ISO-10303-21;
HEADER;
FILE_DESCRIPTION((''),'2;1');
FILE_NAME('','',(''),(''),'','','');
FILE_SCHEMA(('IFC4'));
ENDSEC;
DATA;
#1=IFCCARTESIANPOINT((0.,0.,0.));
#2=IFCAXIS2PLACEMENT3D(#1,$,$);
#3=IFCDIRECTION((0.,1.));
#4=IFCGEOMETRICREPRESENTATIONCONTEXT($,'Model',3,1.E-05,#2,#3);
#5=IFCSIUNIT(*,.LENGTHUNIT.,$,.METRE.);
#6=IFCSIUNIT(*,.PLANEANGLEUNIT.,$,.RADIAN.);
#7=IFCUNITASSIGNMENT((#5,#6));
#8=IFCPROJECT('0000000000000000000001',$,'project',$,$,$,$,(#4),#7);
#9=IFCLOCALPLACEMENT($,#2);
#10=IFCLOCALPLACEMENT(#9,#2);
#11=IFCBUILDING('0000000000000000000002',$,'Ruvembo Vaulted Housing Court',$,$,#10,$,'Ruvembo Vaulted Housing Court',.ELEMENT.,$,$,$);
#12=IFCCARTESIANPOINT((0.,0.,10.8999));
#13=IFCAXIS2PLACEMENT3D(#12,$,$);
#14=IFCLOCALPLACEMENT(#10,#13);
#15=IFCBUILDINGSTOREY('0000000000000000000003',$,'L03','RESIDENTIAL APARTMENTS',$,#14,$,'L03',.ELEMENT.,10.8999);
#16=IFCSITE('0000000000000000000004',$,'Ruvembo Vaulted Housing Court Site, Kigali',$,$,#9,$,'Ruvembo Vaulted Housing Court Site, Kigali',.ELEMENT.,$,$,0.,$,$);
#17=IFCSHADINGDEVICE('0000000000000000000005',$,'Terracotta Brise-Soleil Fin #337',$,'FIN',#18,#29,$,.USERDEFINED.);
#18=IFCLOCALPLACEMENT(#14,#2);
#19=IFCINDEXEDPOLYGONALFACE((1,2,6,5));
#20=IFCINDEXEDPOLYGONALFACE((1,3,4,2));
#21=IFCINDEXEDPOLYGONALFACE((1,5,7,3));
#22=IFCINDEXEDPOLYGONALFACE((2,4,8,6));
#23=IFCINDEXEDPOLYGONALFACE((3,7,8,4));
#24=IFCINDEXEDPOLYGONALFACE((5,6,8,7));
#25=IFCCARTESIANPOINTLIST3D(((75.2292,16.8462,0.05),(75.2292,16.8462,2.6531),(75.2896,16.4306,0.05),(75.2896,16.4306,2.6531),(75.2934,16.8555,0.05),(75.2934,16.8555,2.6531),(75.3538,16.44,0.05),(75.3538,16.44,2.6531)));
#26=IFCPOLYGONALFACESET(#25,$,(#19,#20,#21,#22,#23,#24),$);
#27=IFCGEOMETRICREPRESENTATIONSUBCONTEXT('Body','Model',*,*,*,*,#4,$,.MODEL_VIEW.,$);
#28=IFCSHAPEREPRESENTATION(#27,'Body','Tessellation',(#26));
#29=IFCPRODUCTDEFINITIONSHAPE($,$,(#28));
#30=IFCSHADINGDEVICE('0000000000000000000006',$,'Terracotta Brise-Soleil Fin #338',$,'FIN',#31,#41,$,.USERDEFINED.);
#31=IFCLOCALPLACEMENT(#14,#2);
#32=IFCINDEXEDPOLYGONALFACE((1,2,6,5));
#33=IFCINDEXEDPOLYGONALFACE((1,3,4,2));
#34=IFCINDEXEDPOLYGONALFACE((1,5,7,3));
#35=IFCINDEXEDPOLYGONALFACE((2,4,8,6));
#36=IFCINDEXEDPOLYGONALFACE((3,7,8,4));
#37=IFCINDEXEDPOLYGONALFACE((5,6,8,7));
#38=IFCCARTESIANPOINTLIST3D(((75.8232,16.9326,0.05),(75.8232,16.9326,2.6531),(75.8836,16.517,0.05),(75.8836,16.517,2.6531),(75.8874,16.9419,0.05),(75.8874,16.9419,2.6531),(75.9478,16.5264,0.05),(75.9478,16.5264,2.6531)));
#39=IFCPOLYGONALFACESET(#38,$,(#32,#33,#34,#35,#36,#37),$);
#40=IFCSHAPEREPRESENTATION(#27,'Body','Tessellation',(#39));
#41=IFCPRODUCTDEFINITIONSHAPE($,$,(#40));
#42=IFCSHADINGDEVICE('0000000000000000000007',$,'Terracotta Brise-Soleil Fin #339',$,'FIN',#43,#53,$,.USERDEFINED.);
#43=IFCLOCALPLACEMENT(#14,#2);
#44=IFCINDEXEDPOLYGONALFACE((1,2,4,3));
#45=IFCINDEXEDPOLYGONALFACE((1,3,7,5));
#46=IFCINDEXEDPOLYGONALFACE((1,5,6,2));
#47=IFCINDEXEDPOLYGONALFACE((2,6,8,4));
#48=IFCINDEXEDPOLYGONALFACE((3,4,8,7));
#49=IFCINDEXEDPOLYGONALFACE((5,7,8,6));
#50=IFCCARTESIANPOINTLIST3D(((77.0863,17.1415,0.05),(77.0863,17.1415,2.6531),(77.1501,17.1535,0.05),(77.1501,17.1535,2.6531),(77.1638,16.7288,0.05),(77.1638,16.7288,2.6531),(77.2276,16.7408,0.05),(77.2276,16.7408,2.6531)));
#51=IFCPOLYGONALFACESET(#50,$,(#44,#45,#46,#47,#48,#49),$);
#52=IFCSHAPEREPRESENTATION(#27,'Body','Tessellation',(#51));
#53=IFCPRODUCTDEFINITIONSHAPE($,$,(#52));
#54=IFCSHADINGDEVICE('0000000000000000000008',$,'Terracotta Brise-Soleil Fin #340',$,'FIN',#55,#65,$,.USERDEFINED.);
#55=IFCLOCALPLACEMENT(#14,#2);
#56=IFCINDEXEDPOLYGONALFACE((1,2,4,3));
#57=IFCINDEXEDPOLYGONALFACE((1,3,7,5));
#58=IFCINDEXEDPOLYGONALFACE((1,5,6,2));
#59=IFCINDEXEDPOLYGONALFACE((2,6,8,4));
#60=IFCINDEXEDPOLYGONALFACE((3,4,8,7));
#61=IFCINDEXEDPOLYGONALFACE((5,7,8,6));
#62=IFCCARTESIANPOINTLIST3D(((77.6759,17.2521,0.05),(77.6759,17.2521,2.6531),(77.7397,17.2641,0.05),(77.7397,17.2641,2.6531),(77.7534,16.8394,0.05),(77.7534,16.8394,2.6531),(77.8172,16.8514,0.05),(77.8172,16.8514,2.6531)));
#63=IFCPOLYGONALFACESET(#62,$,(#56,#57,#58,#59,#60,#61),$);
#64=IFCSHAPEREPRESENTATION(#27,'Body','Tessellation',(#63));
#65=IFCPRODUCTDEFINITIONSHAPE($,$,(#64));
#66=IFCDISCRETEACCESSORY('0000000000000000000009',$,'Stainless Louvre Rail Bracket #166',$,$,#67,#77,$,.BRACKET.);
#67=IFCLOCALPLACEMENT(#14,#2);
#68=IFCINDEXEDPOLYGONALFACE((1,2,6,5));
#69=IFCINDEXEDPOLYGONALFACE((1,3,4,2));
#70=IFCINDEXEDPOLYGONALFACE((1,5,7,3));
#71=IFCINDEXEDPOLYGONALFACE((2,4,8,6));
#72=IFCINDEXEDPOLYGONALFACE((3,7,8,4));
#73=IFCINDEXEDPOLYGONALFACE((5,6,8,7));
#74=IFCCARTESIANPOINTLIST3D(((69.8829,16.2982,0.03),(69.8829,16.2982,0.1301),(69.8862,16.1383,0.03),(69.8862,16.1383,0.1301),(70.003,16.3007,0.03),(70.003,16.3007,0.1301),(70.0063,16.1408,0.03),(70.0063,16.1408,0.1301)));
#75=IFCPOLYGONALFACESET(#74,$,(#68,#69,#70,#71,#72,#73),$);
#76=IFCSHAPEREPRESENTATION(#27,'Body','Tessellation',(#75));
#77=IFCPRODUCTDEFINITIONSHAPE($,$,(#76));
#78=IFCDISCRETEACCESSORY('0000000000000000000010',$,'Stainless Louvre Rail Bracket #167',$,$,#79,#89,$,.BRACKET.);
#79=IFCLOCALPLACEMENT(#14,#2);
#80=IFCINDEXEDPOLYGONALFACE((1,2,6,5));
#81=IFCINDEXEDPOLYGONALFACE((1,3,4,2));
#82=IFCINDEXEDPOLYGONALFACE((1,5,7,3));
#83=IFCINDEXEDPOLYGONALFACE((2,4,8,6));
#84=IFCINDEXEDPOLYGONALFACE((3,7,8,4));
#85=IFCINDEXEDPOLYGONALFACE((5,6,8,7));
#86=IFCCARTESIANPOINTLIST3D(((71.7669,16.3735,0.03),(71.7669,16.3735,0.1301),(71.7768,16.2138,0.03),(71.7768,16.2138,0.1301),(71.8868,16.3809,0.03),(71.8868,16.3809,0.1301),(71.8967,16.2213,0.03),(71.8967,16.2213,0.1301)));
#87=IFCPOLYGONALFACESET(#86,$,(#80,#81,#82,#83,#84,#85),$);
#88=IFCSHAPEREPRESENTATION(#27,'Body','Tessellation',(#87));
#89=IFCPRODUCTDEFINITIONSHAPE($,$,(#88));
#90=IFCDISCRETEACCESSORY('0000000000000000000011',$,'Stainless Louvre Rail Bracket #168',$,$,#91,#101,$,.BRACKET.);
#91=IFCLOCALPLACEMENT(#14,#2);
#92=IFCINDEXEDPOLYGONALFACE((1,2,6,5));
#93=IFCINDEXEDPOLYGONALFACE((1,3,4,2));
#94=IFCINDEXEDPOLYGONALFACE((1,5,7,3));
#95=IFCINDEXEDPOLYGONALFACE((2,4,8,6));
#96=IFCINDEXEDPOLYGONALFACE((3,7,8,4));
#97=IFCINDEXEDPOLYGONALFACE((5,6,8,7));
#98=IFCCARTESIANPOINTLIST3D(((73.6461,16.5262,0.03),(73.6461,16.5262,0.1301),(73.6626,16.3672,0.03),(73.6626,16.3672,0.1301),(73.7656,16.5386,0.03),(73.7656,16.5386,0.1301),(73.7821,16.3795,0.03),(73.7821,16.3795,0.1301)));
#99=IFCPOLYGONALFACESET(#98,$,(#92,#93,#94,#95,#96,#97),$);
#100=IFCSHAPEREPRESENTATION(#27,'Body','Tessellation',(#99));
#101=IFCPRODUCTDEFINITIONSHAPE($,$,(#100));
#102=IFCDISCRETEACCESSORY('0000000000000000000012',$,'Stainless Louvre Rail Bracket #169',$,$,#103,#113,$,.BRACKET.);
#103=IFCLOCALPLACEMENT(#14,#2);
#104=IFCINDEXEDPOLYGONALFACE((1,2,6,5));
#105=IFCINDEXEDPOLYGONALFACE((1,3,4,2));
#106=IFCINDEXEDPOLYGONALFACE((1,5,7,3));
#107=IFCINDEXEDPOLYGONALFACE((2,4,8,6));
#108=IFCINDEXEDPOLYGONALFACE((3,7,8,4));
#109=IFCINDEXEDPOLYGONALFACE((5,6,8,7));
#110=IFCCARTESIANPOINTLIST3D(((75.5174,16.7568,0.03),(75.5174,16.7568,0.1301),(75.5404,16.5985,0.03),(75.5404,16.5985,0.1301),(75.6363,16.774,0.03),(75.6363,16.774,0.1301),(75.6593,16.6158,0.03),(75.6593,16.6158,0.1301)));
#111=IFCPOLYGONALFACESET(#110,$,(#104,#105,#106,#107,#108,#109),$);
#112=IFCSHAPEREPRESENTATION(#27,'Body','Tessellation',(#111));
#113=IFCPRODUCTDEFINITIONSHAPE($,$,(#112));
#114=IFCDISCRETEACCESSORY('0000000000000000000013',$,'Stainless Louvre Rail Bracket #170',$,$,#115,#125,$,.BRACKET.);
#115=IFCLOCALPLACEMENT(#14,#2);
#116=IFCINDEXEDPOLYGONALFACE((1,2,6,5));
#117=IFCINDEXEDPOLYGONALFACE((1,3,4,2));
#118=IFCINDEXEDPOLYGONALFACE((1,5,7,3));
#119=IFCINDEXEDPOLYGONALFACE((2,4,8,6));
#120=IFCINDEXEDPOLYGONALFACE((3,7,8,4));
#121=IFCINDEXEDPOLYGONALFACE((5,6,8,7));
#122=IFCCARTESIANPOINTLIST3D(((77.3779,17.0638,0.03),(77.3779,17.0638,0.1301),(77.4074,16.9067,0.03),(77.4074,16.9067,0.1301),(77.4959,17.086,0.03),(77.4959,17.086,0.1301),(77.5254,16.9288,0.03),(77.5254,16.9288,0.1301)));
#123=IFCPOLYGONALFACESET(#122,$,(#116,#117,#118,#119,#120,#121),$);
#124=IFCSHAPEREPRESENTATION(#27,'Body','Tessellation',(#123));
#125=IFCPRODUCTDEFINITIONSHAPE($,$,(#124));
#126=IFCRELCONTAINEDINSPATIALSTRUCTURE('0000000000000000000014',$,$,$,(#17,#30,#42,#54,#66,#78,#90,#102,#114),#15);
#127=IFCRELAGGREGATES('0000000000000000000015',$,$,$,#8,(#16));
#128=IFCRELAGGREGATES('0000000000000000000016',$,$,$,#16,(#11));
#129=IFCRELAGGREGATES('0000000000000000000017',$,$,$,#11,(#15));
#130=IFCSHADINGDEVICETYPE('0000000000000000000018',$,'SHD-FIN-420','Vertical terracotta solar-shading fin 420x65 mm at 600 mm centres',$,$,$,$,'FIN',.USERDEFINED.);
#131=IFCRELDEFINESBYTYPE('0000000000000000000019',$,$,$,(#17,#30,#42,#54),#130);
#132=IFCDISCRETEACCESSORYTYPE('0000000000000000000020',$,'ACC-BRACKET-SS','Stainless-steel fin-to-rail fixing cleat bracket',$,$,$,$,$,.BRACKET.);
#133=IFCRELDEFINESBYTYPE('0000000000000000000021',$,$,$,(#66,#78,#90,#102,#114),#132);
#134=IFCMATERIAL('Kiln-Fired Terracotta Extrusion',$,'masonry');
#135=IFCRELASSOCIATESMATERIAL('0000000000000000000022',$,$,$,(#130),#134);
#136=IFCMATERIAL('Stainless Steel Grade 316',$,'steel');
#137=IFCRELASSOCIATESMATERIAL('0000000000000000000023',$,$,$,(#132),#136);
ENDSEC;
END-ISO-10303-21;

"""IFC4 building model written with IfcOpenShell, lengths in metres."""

from ifc_helpers import new_model, si_unit, direction, frame, origin, origin_2d, place, context, subcontext, project, spatial, rectangle, extrude, material, type_object, element, save


model = new_model("IFC4")

# Units and contexts
model_context = context("Model", 3, precision=1e-05, world=origin(), true_north=direction((0.0, 1.0)))
body_context = subcontext(model_context, "Body", "Model", "MODEL_VIEW")
ifc_project = project(units=[si_unit("LENGTHUNIT", "METRE"), si_unit("PLANEANGLEUNIT", "RADIAN")], contexts=[model_context])

# Site, building, storey
site_placement = place(None, origin())
site = spatial("IfcSite", under=ifc_project, at=site_placement, Name="Ruvembo Vaulted Housing Court Site, Kigali", LongName="Ruvembo Vaulted Housing Court Site, Kigali", CompositionType="ELEMENT", RefElevation=0.0)
building_placement = place(site_placement, origin())
building = spatial("IfcBuilding", under=site, at=building_placement, Name="Ruvembo Vaulted Housing Court", LongName="Ruvembo Vaulted Housing Court", CompositionType="ELEMENT")
storey_placement = place(building_placement, frame((0.0, 0.0, 10.8999)))
storey = spatial("IfcBuildingStorey", under=building, at=storey_placement, Name="L03", Description="RESIDENTIAL APARTMENTS", LongName="L03", CompositionType="ELEMENT", Elevation=10.8999)

# Shading devices
ifc_material_1 = material(Name="Kiln-Fired Terracotta Extrusion", Category="masonry")
shading_device_type = type_object("IfcShadingDeviceType", Name="SHD-FIN-420", Description="Vertical terracotta solar-shading fin 420x65 mm at 600 mm centres", ElementType="FIN", PredefinedType="USERDEFINED", material=ifc_material_1)
for number, where, z_axis, x_axis, name in (
    (1, (75.2915, 16.6431, 0.05), (0.0, 0.0, 1.0), (0.143873, -0.989596, 0.0), "Terracotta Brise-Soleil Fin #337"),
    (2, (75.8855, 16.7295, 0.05), (0.0, 0.0, 1.0), (0.143873, -0.989596, 0.0), "Terracotta Brise-Soleil Fin #338"),
    (3, (77.157, 16.9412, 0.05), (0.0, 0.0, 1.0), (0.184569, -0.98282, 0.0), "Terracotta Brise-Soleil Fin #339"),
    (4, (77.7466, 17.0518, 0.05), (0.0, 0.0, 1.0), (0.184569, -0.98282, 0.0), "Terracotta Brise-Soleil Fin #340"),
):
    element("IfcShadingDevice", number, at=place(storey_placement, frame(where, z_axis=z_axis, x_axis=x_axis)), inside=storey, type_object=shading_device_type, Name=name, ObjectType="FIN", PredefinedType="USERDEFINED", context=body_context, shape_type="SweptSolid", body=[
        extrude(rectangle(XDim=0.4199, YDim=0.0649, at=origin_2d()), origin(), (0.0, 0.0, 1.0), 2.603),
    ])

# Discrete accessories
ifc_material_2 = material(Name="Stainless Steel Grade 316", Category="steel")
discrete_accessory_type = type_object("IfcDiscreteAccessoryType", Name="ACC-BRACKET-SS", Description="Stainless-steel fin-to-rail fixing cleat bracket", PredefinedType="BRACKET", material=ifc_material_2)
for number, where, z_axis, x_axis, name in (
    (5, (69.9446, 16.2195, 0.03), (0.0, 0.0, 1.0), (0.020646, -0.999787, 0.0), "Stainless Louvre Rail Bracket #166"),
    (6, (71.8318, 16.2974, 0.03), (0.0, 0.0, 1.0), (0.061832, -0.998087, 0.0), "Stainless Louvre Rail Bracket #167"),
    (7, (73.7141, 16.4529, 0.03), (0.0, 0.0, 1.0), (0.102949, -0.994687, 0.0), "Stainless Louvre Rail Bracket #168"),
    (8, (75.5884, 16.6863, 0.03), (0.0, 0.0, 1.0), (0.143873, -0.989596, 0.0), "Stainless Louvre Rail Bracket #169"),
    (9, (77.4517, 16.9963, 0.03), (0.0, 0.0, 1.0), (0.184569, -0.98282, 0.0), "Stainless Louvre Rail Bracket #170"),
):
    element("IfcDiscreteAccessory", number, at=place(storey_placement, frame(where, z_axis=z_axis, x_axis=x_axis)), inside=storey, type_object=discrete_accessory_type, Name=name, PredefinedType="BRACKET", context=body_context, shape_type="SweptSolid", body=[
        extrude(rectangle(XDim=0.1599, YDim=0.1201, at=origin_2d()), origin(), (0.0, 0.0, 1.0), 0.1001),
    ])

save(model, "model.ifc")
